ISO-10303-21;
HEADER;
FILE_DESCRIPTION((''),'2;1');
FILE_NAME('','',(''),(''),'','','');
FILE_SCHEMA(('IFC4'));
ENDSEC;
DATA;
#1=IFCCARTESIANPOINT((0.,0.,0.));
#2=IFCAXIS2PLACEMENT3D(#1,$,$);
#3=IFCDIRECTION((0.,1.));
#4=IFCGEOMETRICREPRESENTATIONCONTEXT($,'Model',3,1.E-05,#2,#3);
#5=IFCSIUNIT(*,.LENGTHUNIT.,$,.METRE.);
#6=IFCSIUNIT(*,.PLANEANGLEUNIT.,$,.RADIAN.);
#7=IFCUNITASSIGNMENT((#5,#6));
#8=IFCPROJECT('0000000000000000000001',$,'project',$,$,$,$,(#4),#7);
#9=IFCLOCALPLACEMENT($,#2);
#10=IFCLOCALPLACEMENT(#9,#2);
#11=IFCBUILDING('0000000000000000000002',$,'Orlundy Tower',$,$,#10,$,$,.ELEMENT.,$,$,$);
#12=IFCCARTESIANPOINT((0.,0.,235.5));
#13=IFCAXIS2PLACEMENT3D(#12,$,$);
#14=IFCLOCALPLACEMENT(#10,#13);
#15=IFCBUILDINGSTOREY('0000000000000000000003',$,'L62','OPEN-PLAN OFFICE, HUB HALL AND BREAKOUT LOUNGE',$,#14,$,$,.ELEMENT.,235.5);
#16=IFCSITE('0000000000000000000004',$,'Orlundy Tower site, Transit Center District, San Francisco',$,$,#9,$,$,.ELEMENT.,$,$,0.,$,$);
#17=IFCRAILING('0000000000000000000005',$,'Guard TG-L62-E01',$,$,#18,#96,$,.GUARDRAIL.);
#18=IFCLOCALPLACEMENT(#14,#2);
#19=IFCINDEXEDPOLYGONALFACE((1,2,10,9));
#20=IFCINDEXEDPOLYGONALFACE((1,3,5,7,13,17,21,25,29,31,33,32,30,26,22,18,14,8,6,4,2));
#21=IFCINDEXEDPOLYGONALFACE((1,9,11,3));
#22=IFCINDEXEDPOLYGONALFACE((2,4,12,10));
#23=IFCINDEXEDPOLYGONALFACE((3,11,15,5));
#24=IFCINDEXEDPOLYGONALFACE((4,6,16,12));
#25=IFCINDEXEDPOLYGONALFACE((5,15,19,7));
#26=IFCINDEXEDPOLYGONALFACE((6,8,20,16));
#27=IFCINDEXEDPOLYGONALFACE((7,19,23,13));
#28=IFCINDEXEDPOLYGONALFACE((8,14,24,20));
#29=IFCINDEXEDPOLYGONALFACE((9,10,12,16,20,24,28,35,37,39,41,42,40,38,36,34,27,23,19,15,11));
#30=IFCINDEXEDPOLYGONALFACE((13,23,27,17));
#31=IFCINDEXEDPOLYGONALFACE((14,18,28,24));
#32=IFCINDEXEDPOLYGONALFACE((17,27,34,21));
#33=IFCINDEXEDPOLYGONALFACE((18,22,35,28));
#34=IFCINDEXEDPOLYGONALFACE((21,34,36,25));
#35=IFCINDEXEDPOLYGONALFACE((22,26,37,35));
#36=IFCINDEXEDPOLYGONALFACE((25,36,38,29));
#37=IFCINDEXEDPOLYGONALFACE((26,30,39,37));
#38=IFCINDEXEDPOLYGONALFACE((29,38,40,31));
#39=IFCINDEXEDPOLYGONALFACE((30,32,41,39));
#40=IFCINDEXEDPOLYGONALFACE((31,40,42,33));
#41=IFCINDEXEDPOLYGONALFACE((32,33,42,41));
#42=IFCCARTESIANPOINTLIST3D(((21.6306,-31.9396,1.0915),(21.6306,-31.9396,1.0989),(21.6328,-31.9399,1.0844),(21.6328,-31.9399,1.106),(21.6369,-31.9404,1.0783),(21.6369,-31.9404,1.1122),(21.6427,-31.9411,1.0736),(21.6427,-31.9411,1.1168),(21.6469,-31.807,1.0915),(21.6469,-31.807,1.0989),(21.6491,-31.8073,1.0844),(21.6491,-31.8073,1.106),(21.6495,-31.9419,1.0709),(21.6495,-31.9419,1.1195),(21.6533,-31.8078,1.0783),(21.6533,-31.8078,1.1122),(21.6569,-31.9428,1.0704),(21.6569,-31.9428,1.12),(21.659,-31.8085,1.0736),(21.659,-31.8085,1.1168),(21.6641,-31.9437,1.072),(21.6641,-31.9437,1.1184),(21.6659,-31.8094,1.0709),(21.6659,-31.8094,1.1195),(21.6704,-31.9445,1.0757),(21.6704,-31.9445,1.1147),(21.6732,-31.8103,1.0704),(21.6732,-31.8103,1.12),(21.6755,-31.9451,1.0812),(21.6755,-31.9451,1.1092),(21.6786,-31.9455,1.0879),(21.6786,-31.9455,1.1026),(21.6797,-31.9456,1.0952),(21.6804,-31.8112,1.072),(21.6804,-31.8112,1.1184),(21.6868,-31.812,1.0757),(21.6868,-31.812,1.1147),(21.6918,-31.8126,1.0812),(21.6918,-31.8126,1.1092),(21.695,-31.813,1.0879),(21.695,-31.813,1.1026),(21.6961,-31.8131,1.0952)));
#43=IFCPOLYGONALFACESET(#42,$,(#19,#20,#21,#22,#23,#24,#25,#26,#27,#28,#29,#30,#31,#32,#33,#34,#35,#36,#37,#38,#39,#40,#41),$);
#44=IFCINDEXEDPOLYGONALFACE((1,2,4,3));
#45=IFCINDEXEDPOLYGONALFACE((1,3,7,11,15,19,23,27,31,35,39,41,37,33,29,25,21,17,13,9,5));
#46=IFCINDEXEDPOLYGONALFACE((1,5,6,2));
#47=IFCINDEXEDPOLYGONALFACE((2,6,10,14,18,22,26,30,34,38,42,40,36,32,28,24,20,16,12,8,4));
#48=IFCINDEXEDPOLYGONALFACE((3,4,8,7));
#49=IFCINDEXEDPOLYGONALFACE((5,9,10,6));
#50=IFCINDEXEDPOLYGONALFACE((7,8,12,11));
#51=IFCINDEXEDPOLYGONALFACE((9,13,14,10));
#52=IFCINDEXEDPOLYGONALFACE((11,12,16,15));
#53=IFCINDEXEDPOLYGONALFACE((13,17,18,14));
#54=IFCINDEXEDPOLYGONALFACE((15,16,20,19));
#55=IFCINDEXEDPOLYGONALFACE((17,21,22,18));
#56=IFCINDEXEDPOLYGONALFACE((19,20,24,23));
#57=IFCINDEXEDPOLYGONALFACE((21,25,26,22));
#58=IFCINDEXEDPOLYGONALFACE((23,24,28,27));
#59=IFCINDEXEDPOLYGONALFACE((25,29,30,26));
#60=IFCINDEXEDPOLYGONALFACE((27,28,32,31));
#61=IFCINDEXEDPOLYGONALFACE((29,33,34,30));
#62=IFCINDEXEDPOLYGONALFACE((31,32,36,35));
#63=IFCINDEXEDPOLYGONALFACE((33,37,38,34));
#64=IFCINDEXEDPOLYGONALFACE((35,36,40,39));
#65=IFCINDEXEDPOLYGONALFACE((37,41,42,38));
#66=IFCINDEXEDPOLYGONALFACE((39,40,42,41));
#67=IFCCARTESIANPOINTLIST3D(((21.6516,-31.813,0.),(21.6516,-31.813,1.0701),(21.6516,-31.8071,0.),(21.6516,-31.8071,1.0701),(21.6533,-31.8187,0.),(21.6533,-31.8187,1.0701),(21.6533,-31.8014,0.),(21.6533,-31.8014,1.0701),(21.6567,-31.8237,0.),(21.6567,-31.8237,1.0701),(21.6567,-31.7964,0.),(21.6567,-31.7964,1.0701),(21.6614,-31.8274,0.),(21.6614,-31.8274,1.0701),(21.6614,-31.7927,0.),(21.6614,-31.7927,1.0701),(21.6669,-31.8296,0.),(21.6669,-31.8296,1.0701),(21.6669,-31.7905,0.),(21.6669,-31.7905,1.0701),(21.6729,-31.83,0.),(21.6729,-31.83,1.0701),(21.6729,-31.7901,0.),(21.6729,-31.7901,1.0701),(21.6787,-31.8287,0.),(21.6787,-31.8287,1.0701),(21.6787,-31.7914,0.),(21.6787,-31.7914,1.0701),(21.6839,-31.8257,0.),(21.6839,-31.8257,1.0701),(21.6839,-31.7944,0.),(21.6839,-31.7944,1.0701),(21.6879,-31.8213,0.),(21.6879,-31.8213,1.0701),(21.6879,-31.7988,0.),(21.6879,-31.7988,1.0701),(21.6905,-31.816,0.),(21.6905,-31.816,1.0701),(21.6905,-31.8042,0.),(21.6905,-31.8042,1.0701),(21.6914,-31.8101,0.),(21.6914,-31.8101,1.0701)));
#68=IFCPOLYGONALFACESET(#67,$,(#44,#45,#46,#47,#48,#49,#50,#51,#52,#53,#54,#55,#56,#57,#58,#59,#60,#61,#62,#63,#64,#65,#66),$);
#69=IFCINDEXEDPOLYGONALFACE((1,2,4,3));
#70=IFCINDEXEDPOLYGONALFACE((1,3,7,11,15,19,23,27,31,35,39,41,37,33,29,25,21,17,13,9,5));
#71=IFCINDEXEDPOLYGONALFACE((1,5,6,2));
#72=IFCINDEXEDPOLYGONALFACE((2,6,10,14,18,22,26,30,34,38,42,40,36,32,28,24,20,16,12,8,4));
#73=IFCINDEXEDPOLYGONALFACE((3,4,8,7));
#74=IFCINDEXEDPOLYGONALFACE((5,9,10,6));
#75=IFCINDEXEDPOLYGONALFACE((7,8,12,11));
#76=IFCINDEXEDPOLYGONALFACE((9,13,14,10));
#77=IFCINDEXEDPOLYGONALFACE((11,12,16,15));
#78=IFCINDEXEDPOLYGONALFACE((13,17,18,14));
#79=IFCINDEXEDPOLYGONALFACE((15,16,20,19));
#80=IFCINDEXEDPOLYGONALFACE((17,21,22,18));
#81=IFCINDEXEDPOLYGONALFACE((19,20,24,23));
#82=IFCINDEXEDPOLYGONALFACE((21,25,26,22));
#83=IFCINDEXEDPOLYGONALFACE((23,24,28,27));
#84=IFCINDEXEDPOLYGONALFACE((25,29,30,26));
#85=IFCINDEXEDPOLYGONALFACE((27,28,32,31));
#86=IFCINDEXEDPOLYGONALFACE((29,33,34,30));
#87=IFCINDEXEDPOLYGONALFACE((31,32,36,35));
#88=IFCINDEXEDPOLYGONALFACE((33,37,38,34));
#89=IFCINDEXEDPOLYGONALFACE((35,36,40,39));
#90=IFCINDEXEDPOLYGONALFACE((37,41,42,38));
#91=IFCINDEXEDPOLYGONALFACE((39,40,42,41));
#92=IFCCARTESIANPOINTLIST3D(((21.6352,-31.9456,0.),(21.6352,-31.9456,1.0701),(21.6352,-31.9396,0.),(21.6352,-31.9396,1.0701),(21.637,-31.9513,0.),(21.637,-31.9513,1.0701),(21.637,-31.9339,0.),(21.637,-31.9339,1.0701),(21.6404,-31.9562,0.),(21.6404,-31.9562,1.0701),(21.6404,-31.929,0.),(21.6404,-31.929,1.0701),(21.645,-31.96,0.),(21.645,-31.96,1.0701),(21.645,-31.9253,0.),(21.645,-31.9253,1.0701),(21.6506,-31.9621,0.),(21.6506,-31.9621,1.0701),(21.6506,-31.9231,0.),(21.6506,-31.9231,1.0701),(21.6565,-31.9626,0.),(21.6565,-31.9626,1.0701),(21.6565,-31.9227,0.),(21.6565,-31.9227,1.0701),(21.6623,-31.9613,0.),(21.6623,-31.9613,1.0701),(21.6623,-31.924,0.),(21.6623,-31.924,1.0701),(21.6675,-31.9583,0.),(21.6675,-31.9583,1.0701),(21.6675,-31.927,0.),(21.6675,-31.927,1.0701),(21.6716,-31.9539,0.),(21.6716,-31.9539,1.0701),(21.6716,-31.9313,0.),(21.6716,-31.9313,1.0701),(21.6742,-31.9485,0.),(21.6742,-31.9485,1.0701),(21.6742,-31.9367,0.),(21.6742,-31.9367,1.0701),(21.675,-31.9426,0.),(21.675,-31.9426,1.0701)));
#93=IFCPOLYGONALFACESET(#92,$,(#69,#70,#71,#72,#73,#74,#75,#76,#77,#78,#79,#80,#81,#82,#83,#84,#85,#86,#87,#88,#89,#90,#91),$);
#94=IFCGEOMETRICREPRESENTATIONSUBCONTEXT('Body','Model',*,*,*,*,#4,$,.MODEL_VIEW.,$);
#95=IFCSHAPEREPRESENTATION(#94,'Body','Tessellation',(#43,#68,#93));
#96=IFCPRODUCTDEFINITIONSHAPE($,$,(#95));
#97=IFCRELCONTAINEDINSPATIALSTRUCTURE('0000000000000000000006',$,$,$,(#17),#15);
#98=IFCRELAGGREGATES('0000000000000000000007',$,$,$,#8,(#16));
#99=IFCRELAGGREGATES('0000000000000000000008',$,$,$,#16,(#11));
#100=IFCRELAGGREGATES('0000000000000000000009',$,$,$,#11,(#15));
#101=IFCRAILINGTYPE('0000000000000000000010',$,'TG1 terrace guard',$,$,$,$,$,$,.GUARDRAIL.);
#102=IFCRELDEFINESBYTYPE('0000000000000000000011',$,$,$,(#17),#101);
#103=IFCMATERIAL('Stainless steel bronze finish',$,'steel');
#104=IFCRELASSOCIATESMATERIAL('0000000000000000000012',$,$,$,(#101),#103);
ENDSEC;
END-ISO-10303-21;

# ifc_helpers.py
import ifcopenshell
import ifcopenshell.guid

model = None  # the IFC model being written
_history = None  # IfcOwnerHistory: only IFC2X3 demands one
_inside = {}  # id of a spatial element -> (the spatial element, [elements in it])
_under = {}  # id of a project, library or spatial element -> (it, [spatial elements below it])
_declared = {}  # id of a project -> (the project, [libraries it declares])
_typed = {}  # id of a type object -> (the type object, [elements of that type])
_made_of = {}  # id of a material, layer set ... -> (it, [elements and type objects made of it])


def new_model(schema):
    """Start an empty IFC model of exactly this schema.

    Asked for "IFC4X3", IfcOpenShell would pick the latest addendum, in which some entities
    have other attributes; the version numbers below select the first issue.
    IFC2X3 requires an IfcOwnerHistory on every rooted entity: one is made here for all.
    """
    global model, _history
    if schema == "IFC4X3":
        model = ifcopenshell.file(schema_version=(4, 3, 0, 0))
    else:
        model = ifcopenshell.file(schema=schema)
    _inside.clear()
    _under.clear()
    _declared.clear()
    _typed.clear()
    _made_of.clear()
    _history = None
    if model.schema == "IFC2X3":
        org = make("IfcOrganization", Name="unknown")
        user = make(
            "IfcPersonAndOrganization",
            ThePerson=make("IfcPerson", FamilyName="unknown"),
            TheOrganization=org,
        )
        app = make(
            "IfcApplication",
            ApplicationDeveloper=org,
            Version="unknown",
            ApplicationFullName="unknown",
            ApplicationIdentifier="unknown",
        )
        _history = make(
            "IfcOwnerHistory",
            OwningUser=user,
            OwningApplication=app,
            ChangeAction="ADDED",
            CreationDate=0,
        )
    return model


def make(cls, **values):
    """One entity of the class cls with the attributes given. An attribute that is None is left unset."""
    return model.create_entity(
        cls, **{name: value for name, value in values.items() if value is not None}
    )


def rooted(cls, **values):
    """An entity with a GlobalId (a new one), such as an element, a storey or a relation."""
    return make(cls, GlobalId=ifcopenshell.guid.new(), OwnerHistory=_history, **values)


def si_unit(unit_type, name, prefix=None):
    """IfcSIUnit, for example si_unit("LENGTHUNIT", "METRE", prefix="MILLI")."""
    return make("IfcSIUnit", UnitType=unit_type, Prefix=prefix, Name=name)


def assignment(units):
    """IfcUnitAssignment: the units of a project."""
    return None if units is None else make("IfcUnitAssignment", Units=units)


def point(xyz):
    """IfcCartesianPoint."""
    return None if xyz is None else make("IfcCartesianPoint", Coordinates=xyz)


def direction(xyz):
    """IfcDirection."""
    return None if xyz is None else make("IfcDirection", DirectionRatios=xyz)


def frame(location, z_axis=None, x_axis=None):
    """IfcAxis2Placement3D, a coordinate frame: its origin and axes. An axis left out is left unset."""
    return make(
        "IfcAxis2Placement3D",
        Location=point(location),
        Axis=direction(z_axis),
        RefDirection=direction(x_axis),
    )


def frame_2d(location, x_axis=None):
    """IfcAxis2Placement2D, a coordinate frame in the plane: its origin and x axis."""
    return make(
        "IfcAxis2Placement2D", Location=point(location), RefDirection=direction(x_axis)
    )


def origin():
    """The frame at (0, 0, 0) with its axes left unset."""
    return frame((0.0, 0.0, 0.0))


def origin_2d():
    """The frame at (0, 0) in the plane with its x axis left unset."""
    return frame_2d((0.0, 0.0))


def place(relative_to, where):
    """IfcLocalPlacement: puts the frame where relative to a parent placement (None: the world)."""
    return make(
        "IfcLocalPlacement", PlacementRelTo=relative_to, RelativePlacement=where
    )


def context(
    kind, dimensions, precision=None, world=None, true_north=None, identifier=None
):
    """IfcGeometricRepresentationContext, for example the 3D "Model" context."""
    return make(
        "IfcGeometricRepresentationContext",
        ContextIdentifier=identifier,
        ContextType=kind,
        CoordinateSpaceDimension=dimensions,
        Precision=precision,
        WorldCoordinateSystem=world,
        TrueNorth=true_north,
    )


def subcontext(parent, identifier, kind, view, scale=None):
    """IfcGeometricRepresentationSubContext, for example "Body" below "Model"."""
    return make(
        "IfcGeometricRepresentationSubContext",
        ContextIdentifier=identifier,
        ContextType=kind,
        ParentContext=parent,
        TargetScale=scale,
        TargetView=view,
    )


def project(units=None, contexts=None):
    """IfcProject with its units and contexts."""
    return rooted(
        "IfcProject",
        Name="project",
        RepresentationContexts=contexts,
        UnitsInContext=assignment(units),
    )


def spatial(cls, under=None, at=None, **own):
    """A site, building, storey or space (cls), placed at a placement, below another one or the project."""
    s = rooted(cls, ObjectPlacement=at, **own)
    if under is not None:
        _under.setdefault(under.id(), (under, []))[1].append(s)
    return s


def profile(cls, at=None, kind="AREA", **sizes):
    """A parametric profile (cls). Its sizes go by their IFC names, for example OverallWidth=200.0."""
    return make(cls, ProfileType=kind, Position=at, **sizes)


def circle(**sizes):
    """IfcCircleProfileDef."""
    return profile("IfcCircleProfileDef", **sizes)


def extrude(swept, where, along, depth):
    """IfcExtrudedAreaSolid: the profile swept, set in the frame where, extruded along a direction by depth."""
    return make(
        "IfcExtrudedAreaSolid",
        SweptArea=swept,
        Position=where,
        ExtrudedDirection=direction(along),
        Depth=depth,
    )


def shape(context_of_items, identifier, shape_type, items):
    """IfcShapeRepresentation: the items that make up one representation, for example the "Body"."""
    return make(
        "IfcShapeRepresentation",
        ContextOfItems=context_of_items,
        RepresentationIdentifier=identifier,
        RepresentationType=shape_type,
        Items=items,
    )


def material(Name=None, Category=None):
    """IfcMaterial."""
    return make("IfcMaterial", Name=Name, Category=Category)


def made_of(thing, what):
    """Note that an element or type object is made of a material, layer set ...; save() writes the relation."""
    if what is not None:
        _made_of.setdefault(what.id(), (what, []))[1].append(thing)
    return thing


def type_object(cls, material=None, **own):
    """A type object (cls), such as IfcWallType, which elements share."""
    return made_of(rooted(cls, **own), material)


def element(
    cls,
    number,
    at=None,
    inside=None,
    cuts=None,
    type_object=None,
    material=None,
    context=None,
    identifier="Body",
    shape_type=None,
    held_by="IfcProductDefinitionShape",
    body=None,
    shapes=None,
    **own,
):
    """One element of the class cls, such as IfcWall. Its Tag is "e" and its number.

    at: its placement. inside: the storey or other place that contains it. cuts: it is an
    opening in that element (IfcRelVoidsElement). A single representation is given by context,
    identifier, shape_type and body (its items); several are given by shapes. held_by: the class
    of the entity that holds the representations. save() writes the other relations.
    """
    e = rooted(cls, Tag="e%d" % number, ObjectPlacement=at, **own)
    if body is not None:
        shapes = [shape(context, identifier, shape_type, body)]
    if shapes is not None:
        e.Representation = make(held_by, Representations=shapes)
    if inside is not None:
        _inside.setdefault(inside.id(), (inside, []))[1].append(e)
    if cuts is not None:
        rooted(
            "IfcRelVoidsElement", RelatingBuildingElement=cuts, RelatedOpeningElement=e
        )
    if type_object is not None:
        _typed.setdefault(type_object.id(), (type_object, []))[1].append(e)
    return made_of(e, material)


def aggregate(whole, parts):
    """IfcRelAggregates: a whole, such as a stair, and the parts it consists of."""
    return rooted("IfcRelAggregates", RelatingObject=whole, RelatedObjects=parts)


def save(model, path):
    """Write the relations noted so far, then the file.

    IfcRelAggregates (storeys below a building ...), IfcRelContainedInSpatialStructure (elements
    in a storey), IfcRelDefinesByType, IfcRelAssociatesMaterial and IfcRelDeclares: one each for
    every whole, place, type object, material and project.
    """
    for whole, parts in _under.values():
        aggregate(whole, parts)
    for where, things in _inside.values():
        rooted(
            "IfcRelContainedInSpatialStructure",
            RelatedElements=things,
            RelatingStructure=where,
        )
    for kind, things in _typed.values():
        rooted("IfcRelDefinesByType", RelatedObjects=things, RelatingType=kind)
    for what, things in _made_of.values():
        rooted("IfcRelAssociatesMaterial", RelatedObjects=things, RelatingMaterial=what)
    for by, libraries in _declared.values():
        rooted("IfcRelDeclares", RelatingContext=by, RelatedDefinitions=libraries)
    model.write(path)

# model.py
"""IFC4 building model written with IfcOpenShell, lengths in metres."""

from ifc_helpers import new_model, si_unit, direction, frame, origin, origin_2d, place, context, subcontext, project, spatial, circle, extrude, material, type_object, element, save


model = new_model("IFC4")

# Units and contexts
model_context = context("Model", 3, precision=1e-05, world=origin(), true_north=direction((0.0, 1.0)))
body_context = subcontext(model_context, "Body", "Model", "MODEL_VIEW")
ifc_project = project(units=[si_unit("LENGTHUNIT", "METRE"), si_unit("PLANEANGLEUNIT", "RADIAN")], contexts=[model_context])

# Site, building, storey
site_placement = place(None, origin())
site = spatial("IfcSite", under=ifc_project, at=site_placement, Name="Orlundy Tower site, Transit Center District, San Francisco", CompositionType="ELEMENT", RefElevation=0.0)
building_placement = place(site_placement, origin())
building = spatial("IfcBuilding", under=site, at=building_placement, Name="Orlundy Tower", CompositionType="ELEMENT")
storey_placement = place(building_placement, frame((0.0, 0.0, 235.5)))
storey = spatial("IfcBuildingStorey", under=building, at=storey_placement, Name="L62", Description="OPEN-PLAN OFFICE, HUB HALL AND BREAKOUT LOUNGE", CompositionType="ELEMENT", Elevation=235.5)

# Railing
ifc_material_1 = material(Name="Stainless steel bronze finish", Category="steel")
railing_type = type_object("IfcRailingType", Name="TG1 terrace guard", PredefinedType="GUARDRAIL", material=ifc_material_1)
railing_placement = place(storey_placement, frame((21.6714, -31.8101, 0.0)))
element("IfcRailing", 1, at=railing_placement, inside=storey, type_object=railing_type, Name="Guard TG-L62-E01", PredefinedType="GUARDRAIL", context=body_context, shape_type="SweptSolid", body=[
    extrude(circle(Radius=0.0249, at=origin_2d()), frame((0.0, 0.0, 1.0952), z_axis=(-0.12246, -0.992473, 0.0), x_axis=(0.992473, -0.12246, 0.0)), (0.0, 0.0, 1.0), 0.1335),
    extrude(circle(Radius=0.02, at=origin_2d()), origin(), (0.0, 0.0, 1.0), 1.0701),
    extrude(circle(Radius=0.02, at=origin_2d()), frame((-0.0164, -0.1326, 0.0)), (0.0, 0.0, 1.0), 1.0701),
])

save(model, "model.ifc")
